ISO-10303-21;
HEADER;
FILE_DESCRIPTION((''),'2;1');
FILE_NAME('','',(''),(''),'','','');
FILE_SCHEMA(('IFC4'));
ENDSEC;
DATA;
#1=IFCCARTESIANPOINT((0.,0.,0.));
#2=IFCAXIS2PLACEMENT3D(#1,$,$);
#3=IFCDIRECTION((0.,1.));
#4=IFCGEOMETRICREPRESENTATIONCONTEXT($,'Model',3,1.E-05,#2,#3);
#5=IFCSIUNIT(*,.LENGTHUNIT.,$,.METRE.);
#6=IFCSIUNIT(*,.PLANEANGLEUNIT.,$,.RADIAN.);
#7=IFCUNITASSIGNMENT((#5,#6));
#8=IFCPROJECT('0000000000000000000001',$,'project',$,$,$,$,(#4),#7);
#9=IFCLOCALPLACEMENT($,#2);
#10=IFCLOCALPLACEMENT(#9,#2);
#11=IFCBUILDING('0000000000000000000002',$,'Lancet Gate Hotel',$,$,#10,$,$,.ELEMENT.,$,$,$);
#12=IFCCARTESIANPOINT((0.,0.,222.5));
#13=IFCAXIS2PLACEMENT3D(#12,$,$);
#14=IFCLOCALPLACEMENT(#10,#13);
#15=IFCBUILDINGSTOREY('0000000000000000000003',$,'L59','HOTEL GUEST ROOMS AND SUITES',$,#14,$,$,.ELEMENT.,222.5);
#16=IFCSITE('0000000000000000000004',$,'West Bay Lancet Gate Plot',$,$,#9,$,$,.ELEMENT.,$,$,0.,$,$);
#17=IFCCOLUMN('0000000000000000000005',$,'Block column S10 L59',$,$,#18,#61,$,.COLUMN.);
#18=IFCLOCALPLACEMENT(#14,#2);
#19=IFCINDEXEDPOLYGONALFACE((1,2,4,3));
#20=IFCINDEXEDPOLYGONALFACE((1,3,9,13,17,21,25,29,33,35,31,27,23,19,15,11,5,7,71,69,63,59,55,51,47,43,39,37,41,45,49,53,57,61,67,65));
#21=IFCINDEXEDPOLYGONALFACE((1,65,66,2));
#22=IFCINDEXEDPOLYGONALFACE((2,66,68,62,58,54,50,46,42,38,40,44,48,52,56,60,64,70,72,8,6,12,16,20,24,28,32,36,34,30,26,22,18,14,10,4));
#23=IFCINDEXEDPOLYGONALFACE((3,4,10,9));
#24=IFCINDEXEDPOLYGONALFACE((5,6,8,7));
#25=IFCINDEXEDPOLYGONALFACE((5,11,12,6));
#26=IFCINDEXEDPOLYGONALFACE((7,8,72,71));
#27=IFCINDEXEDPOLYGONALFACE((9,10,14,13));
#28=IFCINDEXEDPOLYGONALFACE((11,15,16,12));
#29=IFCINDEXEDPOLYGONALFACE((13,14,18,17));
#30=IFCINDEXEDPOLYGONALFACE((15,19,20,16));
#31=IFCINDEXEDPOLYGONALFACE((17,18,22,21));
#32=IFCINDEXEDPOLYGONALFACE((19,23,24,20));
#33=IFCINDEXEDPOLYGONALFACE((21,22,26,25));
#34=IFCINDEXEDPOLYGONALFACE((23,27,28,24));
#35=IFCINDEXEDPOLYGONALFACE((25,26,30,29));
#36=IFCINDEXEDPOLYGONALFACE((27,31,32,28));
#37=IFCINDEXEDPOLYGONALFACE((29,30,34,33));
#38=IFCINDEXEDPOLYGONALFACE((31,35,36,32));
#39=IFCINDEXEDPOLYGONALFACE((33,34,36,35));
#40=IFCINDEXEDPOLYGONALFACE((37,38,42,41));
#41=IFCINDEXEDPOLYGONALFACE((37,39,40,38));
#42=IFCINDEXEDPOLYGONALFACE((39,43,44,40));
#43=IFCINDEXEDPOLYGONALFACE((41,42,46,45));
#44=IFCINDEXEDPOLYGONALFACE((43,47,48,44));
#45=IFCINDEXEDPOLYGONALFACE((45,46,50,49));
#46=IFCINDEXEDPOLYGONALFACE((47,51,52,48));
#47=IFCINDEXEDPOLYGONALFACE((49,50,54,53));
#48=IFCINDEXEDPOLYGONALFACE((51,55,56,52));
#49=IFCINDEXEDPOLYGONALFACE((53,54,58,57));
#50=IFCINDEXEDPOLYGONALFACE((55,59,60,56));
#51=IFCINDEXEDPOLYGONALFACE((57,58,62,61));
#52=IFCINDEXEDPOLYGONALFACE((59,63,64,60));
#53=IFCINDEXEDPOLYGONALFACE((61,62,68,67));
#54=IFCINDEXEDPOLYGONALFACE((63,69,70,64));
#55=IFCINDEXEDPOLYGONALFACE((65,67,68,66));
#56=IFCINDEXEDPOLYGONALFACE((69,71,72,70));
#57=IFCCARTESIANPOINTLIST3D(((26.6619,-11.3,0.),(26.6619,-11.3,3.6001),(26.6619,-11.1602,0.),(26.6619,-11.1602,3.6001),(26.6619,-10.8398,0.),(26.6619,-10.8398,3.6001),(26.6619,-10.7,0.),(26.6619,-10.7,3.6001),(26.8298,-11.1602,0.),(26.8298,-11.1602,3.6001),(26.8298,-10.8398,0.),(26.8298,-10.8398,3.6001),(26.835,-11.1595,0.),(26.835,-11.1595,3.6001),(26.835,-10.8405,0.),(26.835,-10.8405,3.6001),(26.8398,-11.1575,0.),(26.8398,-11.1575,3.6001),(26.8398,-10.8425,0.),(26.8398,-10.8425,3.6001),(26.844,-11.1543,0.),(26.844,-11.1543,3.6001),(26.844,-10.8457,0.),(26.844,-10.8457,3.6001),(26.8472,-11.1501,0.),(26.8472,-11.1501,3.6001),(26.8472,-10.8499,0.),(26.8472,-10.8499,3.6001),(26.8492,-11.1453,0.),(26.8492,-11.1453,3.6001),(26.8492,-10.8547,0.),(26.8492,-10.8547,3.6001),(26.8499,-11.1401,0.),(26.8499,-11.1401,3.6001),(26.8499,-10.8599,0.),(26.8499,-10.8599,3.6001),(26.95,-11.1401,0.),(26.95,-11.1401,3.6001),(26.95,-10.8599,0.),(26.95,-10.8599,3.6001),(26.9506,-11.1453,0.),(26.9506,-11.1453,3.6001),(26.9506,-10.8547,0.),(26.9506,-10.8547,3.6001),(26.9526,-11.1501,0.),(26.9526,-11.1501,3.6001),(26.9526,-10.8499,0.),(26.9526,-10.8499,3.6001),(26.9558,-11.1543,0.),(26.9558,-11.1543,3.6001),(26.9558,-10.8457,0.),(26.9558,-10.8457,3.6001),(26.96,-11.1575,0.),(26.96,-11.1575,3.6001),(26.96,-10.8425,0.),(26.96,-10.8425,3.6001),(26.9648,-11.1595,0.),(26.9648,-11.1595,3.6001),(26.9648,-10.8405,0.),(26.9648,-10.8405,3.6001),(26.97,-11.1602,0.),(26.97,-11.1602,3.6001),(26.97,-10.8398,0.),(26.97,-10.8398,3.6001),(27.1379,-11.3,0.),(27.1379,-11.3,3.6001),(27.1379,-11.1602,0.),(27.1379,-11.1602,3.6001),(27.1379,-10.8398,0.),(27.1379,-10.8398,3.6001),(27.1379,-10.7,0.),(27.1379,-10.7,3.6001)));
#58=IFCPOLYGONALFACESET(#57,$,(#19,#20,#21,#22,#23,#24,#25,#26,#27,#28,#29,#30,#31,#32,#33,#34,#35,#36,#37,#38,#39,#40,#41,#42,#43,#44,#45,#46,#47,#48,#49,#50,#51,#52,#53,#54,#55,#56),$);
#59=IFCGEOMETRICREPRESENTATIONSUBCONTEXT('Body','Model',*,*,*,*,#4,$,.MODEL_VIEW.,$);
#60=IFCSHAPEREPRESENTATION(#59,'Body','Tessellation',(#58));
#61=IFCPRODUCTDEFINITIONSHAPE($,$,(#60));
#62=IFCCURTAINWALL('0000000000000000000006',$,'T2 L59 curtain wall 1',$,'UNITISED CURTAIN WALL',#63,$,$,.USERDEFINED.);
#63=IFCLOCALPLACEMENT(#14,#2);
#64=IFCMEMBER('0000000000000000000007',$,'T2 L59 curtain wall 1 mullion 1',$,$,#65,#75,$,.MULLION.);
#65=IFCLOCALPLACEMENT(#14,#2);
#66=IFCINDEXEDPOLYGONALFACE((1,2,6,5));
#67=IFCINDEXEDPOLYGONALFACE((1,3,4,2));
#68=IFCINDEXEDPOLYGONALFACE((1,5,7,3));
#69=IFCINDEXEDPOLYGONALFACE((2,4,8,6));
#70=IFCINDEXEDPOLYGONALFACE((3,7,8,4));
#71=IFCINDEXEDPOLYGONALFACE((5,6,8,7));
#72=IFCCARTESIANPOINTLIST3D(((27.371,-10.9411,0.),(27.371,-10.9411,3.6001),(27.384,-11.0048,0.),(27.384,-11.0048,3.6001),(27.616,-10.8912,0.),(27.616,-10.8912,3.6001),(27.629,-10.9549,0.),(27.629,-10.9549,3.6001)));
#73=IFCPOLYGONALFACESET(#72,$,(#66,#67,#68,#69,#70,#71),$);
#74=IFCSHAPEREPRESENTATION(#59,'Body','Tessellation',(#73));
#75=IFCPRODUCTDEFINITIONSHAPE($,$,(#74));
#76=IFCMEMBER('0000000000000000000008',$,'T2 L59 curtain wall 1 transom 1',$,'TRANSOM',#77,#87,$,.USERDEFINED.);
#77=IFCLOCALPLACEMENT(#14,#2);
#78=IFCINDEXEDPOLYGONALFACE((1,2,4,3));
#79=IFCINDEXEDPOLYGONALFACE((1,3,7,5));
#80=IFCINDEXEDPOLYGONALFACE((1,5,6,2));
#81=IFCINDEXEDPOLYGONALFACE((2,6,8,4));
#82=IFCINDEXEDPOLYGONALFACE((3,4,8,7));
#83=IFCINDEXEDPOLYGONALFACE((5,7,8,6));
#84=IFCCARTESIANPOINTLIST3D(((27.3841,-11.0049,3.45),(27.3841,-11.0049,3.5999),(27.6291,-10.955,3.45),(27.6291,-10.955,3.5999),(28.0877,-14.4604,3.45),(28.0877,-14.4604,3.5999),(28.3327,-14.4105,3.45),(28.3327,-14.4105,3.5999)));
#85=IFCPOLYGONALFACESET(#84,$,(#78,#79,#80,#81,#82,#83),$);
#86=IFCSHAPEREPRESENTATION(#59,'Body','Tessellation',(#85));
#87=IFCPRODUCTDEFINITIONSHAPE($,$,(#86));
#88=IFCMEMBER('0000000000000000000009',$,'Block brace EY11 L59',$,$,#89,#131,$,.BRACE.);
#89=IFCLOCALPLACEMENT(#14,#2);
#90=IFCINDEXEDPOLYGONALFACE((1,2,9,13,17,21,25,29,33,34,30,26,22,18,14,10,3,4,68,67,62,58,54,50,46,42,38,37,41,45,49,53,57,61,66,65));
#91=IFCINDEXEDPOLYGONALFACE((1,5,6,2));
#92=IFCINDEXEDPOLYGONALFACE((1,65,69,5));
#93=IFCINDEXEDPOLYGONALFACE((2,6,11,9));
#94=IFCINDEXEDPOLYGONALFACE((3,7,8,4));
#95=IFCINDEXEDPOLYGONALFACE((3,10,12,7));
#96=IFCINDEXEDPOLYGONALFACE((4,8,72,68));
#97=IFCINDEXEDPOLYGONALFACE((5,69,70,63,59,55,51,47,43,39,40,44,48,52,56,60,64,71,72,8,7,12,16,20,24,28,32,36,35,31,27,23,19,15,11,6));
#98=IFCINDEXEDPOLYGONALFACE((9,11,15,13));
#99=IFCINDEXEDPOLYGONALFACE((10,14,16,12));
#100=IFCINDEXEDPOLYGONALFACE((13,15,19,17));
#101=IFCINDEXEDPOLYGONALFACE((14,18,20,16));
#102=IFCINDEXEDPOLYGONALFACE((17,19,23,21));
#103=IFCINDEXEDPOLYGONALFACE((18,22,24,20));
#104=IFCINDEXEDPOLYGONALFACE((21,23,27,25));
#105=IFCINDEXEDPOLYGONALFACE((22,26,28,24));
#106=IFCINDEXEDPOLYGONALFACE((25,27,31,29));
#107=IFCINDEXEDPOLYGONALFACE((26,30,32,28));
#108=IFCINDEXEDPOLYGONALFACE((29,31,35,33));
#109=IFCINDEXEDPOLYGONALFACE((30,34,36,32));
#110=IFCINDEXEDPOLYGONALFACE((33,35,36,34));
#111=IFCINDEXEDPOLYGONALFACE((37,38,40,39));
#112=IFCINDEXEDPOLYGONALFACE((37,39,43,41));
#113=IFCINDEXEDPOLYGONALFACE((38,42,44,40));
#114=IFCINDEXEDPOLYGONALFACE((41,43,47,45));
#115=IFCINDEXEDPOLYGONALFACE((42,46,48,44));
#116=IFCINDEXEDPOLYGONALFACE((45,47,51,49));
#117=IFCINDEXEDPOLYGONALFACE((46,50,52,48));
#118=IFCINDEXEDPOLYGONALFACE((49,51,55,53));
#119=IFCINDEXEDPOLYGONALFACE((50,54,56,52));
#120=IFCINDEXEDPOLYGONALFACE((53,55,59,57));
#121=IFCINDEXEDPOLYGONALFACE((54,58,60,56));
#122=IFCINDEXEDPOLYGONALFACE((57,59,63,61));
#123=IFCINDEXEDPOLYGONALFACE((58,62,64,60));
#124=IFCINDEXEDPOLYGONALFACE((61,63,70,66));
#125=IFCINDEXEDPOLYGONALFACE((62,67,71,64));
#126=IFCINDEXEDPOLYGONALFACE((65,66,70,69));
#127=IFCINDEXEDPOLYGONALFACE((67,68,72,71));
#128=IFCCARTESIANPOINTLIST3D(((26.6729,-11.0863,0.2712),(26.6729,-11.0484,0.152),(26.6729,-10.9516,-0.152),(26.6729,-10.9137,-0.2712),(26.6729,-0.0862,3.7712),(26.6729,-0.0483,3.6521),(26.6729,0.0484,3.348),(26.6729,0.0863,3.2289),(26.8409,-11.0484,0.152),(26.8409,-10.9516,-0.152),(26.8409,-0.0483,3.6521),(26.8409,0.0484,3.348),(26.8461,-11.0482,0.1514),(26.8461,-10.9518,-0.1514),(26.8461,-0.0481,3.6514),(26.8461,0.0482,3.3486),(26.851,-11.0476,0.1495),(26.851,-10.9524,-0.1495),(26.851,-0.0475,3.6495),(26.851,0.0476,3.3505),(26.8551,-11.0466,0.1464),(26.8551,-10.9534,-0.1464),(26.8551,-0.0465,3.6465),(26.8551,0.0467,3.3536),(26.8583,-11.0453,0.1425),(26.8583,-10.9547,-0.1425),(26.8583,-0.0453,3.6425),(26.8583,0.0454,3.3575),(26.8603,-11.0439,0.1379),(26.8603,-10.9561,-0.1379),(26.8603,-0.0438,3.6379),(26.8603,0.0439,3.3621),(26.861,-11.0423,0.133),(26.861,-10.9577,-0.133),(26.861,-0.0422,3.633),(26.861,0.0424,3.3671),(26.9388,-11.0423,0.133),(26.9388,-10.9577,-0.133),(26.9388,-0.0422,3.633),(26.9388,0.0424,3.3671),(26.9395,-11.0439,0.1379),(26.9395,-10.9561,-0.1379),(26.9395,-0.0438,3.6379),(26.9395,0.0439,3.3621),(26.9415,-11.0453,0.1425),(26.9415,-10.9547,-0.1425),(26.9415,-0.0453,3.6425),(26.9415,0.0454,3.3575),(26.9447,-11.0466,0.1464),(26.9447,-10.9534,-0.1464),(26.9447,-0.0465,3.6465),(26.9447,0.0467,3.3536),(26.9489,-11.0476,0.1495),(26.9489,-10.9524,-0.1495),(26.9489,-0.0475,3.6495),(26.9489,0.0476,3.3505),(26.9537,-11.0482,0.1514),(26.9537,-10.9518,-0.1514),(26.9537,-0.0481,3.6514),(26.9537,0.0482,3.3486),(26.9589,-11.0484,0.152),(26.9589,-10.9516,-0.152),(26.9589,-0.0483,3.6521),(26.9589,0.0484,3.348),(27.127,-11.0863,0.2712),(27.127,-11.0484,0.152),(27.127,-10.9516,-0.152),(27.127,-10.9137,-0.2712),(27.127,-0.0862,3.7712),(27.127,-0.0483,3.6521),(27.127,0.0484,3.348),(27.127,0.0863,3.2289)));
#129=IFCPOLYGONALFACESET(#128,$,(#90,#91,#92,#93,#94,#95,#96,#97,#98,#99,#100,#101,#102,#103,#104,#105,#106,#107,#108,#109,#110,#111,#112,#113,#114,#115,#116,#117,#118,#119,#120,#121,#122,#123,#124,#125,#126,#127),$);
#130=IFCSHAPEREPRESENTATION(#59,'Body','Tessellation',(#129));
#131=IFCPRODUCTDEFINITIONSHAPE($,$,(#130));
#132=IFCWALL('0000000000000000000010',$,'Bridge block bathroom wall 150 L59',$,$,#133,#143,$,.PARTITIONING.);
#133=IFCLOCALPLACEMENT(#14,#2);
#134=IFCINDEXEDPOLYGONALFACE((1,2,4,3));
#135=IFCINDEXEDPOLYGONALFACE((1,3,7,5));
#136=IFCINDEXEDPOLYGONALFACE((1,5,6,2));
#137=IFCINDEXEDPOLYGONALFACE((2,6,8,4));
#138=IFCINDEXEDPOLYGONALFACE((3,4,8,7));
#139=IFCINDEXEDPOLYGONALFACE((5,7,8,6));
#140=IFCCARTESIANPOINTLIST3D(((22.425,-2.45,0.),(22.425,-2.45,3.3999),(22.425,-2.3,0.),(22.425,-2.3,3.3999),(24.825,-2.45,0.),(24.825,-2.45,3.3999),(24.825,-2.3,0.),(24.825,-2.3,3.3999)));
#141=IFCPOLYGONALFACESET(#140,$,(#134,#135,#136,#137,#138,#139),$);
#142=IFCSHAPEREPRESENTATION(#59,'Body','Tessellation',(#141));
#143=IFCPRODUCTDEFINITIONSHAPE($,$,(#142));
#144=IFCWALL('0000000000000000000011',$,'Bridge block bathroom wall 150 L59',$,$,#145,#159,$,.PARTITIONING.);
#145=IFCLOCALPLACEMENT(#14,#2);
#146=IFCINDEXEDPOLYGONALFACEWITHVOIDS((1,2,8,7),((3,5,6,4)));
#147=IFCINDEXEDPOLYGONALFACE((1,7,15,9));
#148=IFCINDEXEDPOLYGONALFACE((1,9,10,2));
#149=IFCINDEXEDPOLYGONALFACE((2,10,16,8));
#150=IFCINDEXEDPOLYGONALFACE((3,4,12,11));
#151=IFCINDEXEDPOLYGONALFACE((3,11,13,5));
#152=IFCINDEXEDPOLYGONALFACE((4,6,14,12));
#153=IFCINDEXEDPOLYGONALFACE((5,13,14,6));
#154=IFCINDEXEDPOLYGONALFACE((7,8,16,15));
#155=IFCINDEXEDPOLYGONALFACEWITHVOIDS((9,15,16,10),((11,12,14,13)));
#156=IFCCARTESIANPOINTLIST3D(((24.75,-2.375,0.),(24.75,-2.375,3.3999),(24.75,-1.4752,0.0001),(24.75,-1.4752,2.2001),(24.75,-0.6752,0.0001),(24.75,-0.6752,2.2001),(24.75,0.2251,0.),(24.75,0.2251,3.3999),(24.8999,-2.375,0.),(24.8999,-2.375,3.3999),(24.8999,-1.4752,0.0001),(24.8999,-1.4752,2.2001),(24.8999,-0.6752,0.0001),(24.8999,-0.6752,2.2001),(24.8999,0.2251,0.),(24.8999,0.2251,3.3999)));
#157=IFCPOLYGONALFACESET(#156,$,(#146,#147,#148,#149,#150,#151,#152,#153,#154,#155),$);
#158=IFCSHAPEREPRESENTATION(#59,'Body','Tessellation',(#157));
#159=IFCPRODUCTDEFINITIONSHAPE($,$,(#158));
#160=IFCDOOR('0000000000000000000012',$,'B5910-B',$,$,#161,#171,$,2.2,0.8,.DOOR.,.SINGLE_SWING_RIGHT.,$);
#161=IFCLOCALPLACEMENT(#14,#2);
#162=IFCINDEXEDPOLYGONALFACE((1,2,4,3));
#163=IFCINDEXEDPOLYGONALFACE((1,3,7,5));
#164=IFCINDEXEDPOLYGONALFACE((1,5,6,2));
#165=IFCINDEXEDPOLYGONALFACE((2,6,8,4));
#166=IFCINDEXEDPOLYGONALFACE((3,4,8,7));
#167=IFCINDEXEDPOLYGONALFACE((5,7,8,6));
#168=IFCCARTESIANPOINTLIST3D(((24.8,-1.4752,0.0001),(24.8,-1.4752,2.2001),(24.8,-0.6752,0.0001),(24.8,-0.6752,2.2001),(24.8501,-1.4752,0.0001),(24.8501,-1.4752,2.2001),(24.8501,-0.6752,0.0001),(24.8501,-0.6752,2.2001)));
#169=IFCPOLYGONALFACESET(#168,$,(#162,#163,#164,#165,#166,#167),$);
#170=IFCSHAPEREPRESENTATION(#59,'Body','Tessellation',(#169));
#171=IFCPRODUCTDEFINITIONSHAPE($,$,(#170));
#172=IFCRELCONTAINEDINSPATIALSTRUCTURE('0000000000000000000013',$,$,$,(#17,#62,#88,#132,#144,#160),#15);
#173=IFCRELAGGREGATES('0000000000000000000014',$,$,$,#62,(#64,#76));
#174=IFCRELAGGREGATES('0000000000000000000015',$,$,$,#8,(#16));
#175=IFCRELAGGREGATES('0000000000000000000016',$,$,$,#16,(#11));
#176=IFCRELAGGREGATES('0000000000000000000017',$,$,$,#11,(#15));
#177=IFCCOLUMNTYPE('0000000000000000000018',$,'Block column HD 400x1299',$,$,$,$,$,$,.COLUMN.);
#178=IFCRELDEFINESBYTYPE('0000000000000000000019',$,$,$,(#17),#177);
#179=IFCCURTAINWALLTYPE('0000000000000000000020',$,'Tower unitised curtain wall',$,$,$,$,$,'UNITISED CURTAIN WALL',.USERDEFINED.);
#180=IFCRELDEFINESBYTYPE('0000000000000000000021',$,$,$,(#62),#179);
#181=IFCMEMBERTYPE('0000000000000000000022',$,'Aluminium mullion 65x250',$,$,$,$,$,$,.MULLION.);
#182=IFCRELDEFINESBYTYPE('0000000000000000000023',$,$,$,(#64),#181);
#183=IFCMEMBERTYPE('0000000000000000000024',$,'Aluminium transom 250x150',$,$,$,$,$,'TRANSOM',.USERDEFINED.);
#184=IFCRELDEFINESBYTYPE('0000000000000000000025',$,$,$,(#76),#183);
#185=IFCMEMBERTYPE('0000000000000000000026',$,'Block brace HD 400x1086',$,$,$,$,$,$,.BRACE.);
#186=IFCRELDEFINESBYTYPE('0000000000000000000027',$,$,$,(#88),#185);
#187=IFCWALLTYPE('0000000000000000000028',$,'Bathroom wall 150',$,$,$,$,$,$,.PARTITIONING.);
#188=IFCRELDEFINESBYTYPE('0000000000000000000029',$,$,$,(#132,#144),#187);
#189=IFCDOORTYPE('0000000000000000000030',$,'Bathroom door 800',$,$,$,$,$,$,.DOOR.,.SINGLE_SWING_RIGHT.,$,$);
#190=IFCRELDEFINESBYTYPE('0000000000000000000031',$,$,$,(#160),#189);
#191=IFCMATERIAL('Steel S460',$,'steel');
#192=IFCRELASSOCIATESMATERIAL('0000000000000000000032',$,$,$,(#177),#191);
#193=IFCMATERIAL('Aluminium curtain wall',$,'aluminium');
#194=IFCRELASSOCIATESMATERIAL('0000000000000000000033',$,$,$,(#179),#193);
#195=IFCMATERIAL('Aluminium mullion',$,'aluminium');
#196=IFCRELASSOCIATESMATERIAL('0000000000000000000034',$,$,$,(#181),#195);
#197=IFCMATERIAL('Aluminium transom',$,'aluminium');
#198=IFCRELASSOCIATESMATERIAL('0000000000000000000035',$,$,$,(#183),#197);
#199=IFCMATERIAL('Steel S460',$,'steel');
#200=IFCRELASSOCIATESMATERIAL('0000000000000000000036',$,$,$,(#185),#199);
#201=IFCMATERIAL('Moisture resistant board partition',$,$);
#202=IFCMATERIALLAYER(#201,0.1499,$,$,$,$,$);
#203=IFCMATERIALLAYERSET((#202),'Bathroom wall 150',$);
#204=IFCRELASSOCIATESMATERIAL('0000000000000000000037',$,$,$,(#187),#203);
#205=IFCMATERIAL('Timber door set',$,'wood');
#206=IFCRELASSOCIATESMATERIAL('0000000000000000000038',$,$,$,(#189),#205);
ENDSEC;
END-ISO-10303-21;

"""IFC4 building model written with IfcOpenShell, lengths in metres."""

from ifc_helpers import new_model, si_unit, direction, frame, frame_2d, origin, origin_2d, place, context, subcontext, project, spatial, rectangle, i_section, extrude, material, layer, layer_set, material_profile, profile_set, type_object, element, fill, aggregate, save


model = new_model("IFC4")

# Units and contexts
model_context = context("Model", 3, precision=1e-05, world=origin(), true_north=direction((0.0, 1.0)))
body_context = subcontext(model_context, "Body", "Model", "MODEL_VIEW")
ifc_project = project(units=[si_unit("LENGTHUNIT", "METRE"), si_unit("PLANEANGLEUNIT", "RADIAN")], contexts=[model_context])

# Site, building, storey
site_placement = place(None, origin())
site = spatial("IfcSite", under=ifc_project, at=site_placement, Name="West Bay Lancet Gate Plot", CompositionType="ELEMENT", RefElevation=0.0)
building_placement = place(site_placement, origin())
building = spatial("IfcBuilding", under=site, at=building_placement, Name="Lancet Gate Hotel", CompositionType="ELEMENT")
storey_placement = place(building_placement, frame((0.0, 0.0, 222.5)))
storey = spatial("IfcBuildingStorey", under=building, at=storey_placement, Name="L59", Description="HOTEL GUEST ROOMS AND SUITES", CompositionType="ELEMENT", Elevation=222.5)

# Column
ifc_material_1 = material(Name="Steel S460", Category="steel")
ifc_material_profile_1 = material_profile(ifc_material_1, i_section(OverallWidth=0.4761, OverallDepth=0.6001, WebThickness=0.1001, FlangeThickness=0.1399, FilletRadius=0.02, at=origin_2d()), Name="HD 400x1299")
ifc_profile_set_1 = profile_set([ifc_material_profile_1], Name="Steel S460")
column_type = type_object("IfcColumnType", Name="Block column HD 400x1299", PredefinedType="COLUMN", material=ifc_profile_set_1)
column_placement = place(storey_placement, frame((26.8999, -11.0, 0.0), z_axis=(0.0, 0.0, 1.0), x_axis=(1.0, 0.0, 0.0)))
element("IfcColumn", 1, at=column_placement, inside=storey, type_object=column_type, Name="Block column S10 L59", PredefinedType="COLUMN", context=body_context, shape_type="SweptSolid", body=[
    extrude(i_section(OverallWidth=0.4761, OverallDepth=0.6001, WebThickness=0.1001, FlangeThickness=0.1399, FilletRadius=0.02, at=origin_2d()), origin(), (0.0, 0.0, 1.0), 3.6001),
])

# Curtain wall, members
ifc_material_2 = material(Name="Aluminium curtain wall", Category="aluminium")
curtain_wall_type = type_object("IfcCurtainWallType", Name="Tower unitised curtain wall", ElementType="UNITISED CURTAIN WALL", PredefinedType="USERDEFINED", material=ifc_material_2)
curtain_wall_placement = place(storey_placement, origin())
curtain_wall = element("IfcCurtainWall", 2, at=curtain_wall_placement, inside=storey, type_object=curtain_wall_type, Name="T2 L59 curtain wall 1", ObjectType="UNITISED CURTAIN WALL", PredefinedType="USERDEFINED")
ifc_material_3 = material(Name="Aluminium mullion", Category="aluminium")
ifc_material_profile_2 = material_profile(ifc_material_3, rectangle(XDim=0.0649, YDim=0.25, at=origin_2d()), Name="MULLION 65x250")
ifc_profile_set_2 = profile_set([ifc_material_profile_2], Name="Aluminium mullion")
member_type_1 = type_object("IfcMemberType", Name="Aluminium mullion 65x250", PredefinedType="MULLION", material=ifc_profile_set_2)
member_1_placement = place(storey_placement, frame((27.5, -10.948, 0.0), z_axis=(0.0, 0.0, 1.0), x_axis=(0.199533, -0.979891, 0.0)))
member_1 = element("IfcMember", 3, at=member_1_placement, type_object=member_type_1, Name="T2 L59 curtain wall 1 mullion 1", PredefinedType="MULLION", context=body_context, shape_type="SweptSolid", body=[
    extrude(rectangle(XDim=0.0649, YDim=0.25, at=origin_2d()), origin(), (0.0, 0.0, 1.0), 3.6001),
])
ifc_material_4 = material(Name="Aluminium transom", Category="aluminium")
ifc_material_profile_3 = material_profile(ifc_material_4, rectangle(XDim=0.25, YDim=0.1499, at=origin_2d()), Name="TRANSOM 250x150")
ifc_profile_set_3 = profile_set([ifc_material_profile_3], Name="Aluminium transom")
member_type_2 = type_object("IfcMemberType", Name="Aluminium transom 250x150", ElementType="TRANSOM", PredefinedType="USERDEFINED", material=ifc_profile_set_3)
member_2_placement = place(storey_placement, frame((27.5066, -10.98, 3.5249), z_axis=(0.199523, -0.979893, 0.0), x_axis=(0.979893, 0.199523, 0.0)))
member_2 = element("IfcMember", 4, at=member_2_placement, type_object=member_type_2, Name="T2 L59 curtain wall 1 transom 1", ObjectType="TRANSOM", PredefinedType="USERDEFINED", context=body_context, shape_type="SweptSolid", body=[
    extrude(rectangle(XDim=0.25, YDim=0.1499, at=origin_2d()), origin(), (0.0, 0.0, 1.0), 3.5264),
])
aggregate(curtain_wall, [member_1, member_2])

# Member
ifc_material_5 = material(Name="Steel S460", Category="steel")
ifc_material_profile_4 = material_profile(ifc_material_5, i_section(OverallWidth=0.4541, OverallDepth=0.5691, WebThickness=0.0779, FlangeThickness=0.125, FilletRadius=0.02, at=origin_2d()), Name="HD 400x1086")
ifc_profile_set_4 = profile_set([ifc_material_profile_4], Name="Steel S460")
member_type_3 = type_object("IfcMemberType", Name="Block brace HD 400x1086", PredefinedType="BRACE", material=ifc_profile_set_4)
member_3_placement = place(storey_placement, frame((26.8999, -11.0, 0.0), z_axis=(0.0, 0.952926, 0.303204), x_axis=(-1.0, 0.0, 0.0)))
element("IfcMember", 5, at=member_3_placement, inside=storey, type_object=member_type_3, Name="Block brace EY11 L59", PredefinedType="BRACE", context=body_context, shape_type="SweptSolid", body=[
    extrude(i_section(OverallWidth=0.4541, OverallDepth=0.5691, WebThickness=0.0779, FlangeThickness=0.125, FilletRadius=0.02, at=origin_2d()), origin(), (0.0, 0.0, 1.0), 11.5435),
])

# Wall
ifc_material_6 = material(Name="Moisture resistant board partition")
ifc_layer_1 = layer(ifc_material_6, 0.1499)
ifc_layer_set_1 = layer_set([ifc_layer_1], Name="Bathroom wall 150")
wall_type_1 = type_object("IfcWallType", Name="Bathroom wall 150", PredefinedType="PARTITIONING", material=ifc_layer_set_1)
wall_1_placement = place(storey_placement, frame((22.425, -2.375, 0.0), z_axis=(0.0, 0.0, 1.0), x_axis=(1.0, 0.0, 0.0)))
element("IfcWall", 6, at=wall_1_placement, inside=storey, type_object=wall_type_1, Name="Bridge block bathroom wall 150 L59", PredefinedType="PARTITIONING", context=body_context, shape_type="SweptSolid", body=[
    extrude(rectangle(XDim=2.3999, YDim=0.1499, at=frame_2d((1.2, 0.0))), origin(), (0.0, 0.0, 1.0), 3.3999),
])

# Wall, opening, door
wall_2_placement = place(storey_placement, frame((24.825, -2.375, 0.0), z_axis=(0.0, 0.0, 1.0), x_axis=(0.0, 1.0, 0.0)))
wall_2 = element("IfcWall", 7, at=wall_2_placement, inside=storey, type_object=wall_type_1, Name="Bridge block bathroom wall 150 L59", PredefinedType="PARTITIONING", context=body_context, shape_type="SweptSolid", body=[
    extrude(rectangle(XDim=2.6001, YDim=0.1499, at=frame_2d((1.3, 0.0))), origin(), (0.0, 0.0, 1.0), 3.3999),
])
opening_1_placement = place(wall_2_placement, frame((0.8999, 0.0, 0.0)))
opening_1 = element("IfcOpeningElement", 8, at=opening_1_placement, cuts=wall_2, PredefinedType="OPENING", context=body_context, shape_type="SweptSolid", body=[
    extrude(rectangle(XDim=0.8, YDim=2.2, at=frame_2d((0.3999, 1.1001))), frame((0.0, 0.085, 0.0), z_axis=(0.0, -1.0, 0.0), x_axis=(1.0, 0.0, 0.0)), (0.0, 0.0, 1.0), 0.1699),
])
ifc_material_7 = material(Name="Timber door set", Category="wood")
door_type_1 = type_object("IfcDoorType", Name="Bathroom door 800", OperationType="SINGLE_SWING_RIGHT", PredefinedType="DOOR", material=ifc_material_7)
door_1_placement = place(opening_1_placement, origin())
door_1 = element("IfcDoor", 9, at=door_1_placement, inside=storey, type_object=door_type_1, Name="B5910-B", OperationType="SINGLE_SWING_RIGHT", OverallHeight=2.2, OverallWidth=0.8, PredefinedType="DOOR", context=body_context, shape_type="SweptSolid", body=[
    extrude(rectangle(XDim=0.8, YDim=2.2, at=frame_2d((0.3999, 1.1001))), frame((0.0, 0.0249, 0.0), z_axis=(0.0, -1.0, 0.0), x_axis=(1.0, 0.0, 0.0)), (0.0, 0.0, 1.0), 0.05),
])
fill(opening_1, door_1)

save(model, "model.ifc")
